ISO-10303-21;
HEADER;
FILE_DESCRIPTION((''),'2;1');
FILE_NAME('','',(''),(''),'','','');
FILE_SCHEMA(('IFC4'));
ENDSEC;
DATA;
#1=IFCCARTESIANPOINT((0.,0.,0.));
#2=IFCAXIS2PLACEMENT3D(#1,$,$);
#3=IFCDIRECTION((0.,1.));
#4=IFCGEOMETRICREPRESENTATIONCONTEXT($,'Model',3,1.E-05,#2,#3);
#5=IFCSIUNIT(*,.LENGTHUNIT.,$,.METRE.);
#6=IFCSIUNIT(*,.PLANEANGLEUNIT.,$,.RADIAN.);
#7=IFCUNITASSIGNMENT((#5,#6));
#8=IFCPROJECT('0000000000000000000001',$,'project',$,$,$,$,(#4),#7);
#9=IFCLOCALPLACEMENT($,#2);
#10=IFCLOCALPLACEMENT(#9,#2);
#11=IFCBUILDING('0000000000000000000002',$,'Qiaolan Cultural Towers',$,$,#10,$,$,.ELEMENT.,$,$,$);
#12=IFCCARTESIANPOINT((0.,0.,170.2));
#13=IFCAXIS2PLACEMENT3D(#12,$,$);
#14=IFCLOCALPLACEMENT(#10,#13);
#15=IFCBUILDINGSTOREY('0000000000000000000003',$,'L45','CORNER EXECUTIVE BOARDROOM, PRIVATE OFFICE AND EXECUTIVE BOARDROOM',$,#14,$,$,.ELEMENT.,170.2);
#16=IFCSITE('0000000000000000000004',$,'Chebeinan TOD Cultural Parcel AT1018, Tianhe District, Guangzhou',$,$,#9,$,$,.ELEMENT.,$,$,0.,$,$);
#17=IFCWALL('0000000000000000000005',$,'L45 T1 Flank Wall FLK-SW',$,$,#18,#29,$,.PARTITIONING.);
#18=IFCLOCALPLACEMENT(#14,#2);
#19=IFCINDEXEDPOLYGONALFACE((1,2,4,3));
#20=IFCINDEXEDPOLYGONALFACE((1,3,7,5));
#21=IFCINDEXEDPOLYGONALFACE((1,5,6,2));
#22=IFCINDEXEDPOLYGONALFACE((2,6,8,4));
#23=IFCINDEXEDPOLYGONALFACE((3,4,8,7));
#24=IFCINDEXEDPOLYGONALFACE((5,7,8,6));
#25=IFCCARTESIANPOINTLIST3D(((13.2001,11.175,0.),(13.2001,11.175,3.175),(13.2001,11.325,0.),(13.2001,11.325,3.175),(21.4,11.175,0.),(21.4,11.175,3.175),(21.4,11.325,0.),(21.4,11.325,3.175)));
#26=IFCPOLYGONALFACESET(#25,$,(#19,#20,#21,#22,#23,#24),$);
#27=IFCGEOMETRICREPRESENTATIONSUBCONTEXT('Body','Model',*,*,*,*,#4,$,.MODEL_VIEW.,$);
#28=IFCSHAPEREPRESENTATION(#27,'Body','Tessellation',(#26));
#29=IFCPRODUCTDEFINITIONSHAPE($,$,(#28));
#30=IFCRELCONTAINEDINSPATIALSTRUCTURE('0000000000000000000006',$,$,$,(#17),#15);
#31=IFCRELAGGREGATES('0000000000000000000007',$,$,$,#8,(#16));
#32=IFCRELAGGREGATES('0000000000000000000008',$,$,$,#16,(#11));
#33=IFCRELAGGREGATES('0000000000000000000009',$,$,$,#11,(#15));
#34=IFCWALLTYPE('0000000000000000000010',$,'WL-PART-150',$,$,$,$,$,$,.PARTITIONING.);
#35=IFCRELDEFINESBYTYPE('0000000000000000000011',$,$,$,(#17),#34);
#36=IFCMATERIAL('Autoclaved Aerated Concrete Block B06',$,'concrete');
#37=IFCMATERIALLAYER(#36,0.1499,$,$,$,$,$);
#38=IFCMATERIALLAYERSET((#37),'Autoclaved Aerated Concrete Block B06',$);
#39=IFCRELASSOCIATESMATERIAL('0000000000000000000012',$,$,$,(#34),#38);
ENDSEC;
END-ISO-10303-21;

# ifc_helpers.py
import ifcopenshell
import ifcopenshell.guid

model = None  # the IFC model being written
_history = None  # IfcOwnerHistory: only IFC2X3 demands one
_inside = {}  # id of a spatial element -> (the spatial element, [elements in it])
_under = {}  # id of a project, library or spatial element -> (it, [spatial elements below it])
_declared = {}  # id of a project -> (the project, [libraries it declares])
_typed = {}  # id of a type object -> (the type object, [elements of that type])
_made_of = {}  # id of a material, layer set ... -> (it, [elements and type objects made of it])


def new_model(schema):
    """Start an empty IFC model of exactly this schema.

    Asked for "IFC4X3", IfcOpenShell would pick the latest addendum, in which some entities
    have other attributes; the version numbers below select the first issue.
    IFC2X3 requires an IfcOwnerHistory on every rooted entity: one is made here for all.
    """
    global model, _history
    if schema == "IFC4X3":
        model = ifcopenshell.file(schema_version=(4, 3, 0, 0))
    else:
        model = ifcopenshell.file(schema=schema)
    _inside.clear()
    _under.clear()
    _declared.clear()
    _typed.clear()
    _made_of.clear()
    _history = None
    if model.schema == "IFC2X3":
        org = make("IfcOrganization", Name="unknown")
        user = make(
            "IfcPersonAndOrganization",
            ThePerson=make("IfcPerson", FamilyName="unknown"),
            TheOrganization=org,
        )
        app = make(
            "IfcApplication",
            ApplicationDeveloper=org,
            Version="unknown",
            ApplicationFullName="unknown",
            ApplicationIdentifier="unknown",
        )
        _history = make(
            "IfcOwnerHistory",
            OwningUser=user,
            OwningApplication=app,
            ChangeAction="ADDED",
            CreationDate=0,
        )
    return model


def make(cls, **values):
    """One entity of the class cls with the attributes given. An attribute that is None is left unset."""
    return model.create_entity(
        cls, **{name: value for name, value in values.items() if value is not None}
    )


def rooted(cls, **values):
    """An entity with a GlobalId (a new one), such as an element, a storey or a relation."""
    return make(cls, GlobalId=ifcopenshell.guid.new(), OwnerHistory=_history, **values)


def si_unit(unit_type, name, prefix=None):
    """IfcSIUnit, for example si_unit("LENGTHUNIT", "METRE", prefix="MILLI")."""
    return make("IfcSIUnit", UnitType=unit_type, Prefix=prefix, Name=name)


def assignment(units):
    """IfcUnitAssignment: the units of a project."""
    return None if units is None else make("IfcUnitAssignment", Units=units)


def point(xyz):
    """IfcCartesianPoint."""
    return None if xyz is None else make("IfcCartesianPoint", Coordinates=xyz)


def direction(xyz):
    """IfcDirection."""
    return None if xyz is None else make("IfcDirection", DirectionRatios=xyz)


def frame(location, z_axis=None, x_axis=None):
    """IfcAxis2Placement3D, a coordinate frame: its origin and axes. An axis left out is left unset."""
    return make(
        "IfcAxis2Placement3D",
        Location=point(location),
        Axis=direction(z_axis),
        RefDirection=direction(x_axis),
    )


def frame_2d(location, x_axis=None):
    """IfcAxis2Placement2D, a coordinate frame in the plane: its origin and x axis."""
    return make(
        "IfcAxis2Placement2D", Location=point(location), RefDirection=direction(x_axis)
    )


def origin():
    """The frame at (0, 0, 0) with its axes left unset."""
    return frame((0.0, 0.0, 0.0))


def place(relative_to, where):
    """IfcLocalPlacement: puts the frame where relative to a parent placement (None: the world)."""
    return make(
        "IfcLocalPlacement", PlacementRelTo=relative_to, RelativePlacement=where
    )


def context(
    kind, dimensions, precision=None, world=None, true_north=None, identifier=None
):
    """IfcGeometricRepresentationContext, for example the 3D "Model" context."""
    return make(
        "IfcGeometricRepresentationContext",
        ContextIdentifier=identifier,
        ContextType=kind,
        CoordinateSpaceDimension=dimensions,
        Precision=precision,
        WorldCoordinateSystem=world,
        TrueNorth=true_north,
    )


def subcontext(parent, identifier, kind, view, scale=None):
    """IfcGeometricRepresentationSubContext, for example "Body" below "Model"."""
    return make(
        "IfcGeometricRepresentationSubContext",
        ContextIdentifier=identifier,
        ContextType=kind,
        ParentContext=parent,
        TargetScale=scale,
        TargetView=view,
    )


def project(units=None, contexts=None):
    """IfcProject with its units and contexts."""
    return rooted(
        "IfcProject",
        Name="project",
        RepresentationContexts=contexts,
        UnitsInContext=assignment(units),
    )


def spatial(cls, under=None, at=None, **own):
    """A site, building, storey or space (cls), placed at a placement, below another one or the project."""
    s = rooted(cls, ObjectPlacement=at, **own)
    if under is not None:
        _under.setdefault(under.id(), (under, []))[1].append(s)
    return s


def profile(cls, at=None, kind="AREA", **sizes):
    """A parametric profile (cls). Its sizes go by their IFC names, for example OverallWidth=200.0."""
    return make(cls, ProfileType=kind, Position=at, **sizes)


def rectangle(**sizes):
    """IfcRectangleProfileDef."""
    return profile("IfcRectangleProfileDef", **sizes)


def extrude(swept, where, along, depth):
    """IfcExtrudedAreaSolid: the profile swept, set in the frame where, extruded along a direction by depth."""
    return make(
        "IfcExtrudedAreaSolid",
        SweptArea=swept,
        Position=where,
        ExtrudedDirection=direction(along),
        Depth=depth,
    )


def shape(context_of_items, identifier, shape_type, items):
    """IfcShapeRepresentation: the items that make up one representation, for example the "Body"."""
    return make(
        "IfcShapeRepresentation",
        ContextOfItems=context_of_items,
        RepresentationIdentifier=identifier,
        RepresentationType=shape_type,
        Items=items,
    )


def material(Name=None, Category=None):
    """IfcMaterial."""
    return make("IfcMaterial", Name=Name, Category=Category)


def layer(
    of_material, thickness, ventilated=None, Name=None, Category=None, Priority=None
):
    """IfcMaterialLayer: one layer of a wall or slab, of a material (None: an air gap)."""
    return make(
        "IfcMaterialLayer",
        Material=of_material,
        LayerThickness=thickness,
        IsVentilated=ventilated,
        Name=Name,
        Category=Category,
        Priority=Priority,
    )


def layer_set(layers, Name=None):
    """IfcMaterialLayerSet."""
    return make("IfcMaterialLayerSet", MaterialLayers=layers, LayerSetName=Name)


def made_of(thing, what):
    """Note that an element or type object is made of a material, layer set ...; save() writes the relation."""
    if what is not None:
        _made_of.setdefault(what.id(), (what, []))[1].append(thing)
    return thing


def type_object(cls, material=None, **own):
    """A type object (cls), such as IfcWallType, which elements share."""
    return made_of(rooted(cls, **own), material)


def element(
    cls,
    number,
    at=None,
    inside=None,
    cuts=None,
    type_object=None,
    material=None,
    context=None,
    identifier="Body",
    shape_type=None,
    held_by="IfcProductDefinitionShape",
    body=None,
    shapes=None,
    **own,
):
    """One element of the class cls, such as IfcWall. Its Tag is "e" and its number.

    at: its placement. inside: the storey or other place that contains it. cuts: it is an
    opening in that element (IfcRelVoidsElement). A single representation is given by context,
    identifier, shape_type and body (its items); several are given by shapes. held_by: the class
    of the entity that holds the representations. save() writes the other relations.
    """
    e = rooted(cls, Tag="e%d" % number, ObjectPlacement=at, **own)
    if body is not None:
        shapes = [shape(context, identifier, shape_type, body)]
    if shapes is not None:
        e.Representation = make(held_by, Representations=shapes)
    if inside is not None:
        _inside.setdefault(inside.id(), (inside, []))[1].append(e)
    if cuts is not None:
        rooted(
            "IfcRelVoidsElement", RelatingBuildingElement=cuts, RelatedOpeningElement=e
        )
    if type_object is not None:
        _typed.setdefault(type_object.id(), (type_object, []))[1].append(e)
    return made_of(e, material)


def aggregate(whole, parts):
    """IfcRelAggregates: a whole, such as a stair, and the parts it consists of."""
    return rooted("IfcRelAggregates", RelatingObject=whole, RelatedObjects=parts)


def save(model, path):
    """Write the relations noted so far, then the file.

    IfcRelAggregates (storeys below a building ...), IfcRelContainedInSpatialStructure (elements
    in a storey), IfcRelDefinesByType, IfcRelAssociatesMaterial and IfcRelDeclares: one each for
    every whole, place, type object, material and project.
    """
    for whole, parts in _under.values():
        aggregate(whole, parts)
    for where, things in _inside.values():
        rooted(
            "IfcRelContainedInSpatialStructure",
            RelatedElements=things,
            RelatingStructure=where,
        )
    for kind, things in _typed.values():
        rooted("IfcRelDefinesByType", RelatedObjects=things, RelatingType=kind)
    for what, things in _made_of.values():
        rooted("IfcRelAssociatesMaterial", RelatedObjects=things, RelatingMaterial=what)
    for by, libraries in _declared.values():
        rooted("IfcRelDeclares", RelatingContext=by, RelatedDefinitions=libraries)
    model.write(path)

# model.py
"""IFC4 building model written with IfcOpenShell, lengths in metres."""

from ifc_helpers import new_model, si_unit, direction, frame, frame_2d, origin, place, context, subcontext, project, spatial, rectangle, extrude, material, layer, layer_set, type_object, element, save


model = new_model("IFC4")

# Units and contexts
model_context = context("Model", 3, precision=1e-05, world=origin(), true_north=direction((0.0, 1.0)))
body_context = subcontext(model_context, "Body", "Model", "MODEL_VIEW")
ifc_project = project(units=[si_unit("LENGTHUNIT", "METRE"), si_unit("PLANEANGLEUNIT", "RADIAN")], contexts=[model_context])

# Site, building, storey
site_placement = place(None, origin())
site = spatial("IfcSite", under=ifc_project, at=site_placement, Name="Chebeinan TOD Cultural Parcel AT1018, Tianhe District, Guangzhou", CompositionType="ELEMENT", RefElevation=0.0)
building_placement = place(site_placement, origin())
building = spatial("IfcBuilding", under=site, at=building_placement, Name="Qiaolan Cultural Towers", CompositionType="ELEMENT")
storey_placement = place(building_placement, frame((0.0, 0.0, 170.2)))
storey = spatial("IfcBuildingStorey", under=building, at=storey_placement, Name="L45", Description="CORNER EXECUTIVE BOARDROOM, PRIVATE OFFICE AND EXECUTIVE BOARDROOM", CompositionType="ELEMENT", Elevation=170.2)

# Wall
ifc_material_1 = material(Name="Autoclaved Aerated Concrete Block B06", Category="concrete")
ifc_layer_1 = layer(ifc_material_1, 0.1499)
ifc_layer_set_1 = layer_set([ifc_layer_1], Name="Autoclaved Aerated Concrete Block B06")
wall_type_1 = type_object("IfcWallType", Name="WL-PART-150", PredefinedType="PARTITIONING", material=ifc_layer_set_1)
wall_1_placement = place(storey_placement, frame((13.2, 11.25, 0.0), z_axis=(0.0, 0.0, 1.0), x_axis=(1.0, 0.0, 0.0)))
element("IfcWall", 1, at=wall_1_placement, inside=storey, type_object=wall_type_1, Name="L45 T1 Flank Wall FLK-SW", PredefinedType="PARTITIONING", context=body_context, shape_type="SweptSolid", body=[
    extrude(rectangle(XDim=8.2, YDim=0.1499, at=frame_2d((4.1001, 0.0))), origin(), (0.0, 0.0, 1.0), 3.175),
])

save(model, "model.ifc")
